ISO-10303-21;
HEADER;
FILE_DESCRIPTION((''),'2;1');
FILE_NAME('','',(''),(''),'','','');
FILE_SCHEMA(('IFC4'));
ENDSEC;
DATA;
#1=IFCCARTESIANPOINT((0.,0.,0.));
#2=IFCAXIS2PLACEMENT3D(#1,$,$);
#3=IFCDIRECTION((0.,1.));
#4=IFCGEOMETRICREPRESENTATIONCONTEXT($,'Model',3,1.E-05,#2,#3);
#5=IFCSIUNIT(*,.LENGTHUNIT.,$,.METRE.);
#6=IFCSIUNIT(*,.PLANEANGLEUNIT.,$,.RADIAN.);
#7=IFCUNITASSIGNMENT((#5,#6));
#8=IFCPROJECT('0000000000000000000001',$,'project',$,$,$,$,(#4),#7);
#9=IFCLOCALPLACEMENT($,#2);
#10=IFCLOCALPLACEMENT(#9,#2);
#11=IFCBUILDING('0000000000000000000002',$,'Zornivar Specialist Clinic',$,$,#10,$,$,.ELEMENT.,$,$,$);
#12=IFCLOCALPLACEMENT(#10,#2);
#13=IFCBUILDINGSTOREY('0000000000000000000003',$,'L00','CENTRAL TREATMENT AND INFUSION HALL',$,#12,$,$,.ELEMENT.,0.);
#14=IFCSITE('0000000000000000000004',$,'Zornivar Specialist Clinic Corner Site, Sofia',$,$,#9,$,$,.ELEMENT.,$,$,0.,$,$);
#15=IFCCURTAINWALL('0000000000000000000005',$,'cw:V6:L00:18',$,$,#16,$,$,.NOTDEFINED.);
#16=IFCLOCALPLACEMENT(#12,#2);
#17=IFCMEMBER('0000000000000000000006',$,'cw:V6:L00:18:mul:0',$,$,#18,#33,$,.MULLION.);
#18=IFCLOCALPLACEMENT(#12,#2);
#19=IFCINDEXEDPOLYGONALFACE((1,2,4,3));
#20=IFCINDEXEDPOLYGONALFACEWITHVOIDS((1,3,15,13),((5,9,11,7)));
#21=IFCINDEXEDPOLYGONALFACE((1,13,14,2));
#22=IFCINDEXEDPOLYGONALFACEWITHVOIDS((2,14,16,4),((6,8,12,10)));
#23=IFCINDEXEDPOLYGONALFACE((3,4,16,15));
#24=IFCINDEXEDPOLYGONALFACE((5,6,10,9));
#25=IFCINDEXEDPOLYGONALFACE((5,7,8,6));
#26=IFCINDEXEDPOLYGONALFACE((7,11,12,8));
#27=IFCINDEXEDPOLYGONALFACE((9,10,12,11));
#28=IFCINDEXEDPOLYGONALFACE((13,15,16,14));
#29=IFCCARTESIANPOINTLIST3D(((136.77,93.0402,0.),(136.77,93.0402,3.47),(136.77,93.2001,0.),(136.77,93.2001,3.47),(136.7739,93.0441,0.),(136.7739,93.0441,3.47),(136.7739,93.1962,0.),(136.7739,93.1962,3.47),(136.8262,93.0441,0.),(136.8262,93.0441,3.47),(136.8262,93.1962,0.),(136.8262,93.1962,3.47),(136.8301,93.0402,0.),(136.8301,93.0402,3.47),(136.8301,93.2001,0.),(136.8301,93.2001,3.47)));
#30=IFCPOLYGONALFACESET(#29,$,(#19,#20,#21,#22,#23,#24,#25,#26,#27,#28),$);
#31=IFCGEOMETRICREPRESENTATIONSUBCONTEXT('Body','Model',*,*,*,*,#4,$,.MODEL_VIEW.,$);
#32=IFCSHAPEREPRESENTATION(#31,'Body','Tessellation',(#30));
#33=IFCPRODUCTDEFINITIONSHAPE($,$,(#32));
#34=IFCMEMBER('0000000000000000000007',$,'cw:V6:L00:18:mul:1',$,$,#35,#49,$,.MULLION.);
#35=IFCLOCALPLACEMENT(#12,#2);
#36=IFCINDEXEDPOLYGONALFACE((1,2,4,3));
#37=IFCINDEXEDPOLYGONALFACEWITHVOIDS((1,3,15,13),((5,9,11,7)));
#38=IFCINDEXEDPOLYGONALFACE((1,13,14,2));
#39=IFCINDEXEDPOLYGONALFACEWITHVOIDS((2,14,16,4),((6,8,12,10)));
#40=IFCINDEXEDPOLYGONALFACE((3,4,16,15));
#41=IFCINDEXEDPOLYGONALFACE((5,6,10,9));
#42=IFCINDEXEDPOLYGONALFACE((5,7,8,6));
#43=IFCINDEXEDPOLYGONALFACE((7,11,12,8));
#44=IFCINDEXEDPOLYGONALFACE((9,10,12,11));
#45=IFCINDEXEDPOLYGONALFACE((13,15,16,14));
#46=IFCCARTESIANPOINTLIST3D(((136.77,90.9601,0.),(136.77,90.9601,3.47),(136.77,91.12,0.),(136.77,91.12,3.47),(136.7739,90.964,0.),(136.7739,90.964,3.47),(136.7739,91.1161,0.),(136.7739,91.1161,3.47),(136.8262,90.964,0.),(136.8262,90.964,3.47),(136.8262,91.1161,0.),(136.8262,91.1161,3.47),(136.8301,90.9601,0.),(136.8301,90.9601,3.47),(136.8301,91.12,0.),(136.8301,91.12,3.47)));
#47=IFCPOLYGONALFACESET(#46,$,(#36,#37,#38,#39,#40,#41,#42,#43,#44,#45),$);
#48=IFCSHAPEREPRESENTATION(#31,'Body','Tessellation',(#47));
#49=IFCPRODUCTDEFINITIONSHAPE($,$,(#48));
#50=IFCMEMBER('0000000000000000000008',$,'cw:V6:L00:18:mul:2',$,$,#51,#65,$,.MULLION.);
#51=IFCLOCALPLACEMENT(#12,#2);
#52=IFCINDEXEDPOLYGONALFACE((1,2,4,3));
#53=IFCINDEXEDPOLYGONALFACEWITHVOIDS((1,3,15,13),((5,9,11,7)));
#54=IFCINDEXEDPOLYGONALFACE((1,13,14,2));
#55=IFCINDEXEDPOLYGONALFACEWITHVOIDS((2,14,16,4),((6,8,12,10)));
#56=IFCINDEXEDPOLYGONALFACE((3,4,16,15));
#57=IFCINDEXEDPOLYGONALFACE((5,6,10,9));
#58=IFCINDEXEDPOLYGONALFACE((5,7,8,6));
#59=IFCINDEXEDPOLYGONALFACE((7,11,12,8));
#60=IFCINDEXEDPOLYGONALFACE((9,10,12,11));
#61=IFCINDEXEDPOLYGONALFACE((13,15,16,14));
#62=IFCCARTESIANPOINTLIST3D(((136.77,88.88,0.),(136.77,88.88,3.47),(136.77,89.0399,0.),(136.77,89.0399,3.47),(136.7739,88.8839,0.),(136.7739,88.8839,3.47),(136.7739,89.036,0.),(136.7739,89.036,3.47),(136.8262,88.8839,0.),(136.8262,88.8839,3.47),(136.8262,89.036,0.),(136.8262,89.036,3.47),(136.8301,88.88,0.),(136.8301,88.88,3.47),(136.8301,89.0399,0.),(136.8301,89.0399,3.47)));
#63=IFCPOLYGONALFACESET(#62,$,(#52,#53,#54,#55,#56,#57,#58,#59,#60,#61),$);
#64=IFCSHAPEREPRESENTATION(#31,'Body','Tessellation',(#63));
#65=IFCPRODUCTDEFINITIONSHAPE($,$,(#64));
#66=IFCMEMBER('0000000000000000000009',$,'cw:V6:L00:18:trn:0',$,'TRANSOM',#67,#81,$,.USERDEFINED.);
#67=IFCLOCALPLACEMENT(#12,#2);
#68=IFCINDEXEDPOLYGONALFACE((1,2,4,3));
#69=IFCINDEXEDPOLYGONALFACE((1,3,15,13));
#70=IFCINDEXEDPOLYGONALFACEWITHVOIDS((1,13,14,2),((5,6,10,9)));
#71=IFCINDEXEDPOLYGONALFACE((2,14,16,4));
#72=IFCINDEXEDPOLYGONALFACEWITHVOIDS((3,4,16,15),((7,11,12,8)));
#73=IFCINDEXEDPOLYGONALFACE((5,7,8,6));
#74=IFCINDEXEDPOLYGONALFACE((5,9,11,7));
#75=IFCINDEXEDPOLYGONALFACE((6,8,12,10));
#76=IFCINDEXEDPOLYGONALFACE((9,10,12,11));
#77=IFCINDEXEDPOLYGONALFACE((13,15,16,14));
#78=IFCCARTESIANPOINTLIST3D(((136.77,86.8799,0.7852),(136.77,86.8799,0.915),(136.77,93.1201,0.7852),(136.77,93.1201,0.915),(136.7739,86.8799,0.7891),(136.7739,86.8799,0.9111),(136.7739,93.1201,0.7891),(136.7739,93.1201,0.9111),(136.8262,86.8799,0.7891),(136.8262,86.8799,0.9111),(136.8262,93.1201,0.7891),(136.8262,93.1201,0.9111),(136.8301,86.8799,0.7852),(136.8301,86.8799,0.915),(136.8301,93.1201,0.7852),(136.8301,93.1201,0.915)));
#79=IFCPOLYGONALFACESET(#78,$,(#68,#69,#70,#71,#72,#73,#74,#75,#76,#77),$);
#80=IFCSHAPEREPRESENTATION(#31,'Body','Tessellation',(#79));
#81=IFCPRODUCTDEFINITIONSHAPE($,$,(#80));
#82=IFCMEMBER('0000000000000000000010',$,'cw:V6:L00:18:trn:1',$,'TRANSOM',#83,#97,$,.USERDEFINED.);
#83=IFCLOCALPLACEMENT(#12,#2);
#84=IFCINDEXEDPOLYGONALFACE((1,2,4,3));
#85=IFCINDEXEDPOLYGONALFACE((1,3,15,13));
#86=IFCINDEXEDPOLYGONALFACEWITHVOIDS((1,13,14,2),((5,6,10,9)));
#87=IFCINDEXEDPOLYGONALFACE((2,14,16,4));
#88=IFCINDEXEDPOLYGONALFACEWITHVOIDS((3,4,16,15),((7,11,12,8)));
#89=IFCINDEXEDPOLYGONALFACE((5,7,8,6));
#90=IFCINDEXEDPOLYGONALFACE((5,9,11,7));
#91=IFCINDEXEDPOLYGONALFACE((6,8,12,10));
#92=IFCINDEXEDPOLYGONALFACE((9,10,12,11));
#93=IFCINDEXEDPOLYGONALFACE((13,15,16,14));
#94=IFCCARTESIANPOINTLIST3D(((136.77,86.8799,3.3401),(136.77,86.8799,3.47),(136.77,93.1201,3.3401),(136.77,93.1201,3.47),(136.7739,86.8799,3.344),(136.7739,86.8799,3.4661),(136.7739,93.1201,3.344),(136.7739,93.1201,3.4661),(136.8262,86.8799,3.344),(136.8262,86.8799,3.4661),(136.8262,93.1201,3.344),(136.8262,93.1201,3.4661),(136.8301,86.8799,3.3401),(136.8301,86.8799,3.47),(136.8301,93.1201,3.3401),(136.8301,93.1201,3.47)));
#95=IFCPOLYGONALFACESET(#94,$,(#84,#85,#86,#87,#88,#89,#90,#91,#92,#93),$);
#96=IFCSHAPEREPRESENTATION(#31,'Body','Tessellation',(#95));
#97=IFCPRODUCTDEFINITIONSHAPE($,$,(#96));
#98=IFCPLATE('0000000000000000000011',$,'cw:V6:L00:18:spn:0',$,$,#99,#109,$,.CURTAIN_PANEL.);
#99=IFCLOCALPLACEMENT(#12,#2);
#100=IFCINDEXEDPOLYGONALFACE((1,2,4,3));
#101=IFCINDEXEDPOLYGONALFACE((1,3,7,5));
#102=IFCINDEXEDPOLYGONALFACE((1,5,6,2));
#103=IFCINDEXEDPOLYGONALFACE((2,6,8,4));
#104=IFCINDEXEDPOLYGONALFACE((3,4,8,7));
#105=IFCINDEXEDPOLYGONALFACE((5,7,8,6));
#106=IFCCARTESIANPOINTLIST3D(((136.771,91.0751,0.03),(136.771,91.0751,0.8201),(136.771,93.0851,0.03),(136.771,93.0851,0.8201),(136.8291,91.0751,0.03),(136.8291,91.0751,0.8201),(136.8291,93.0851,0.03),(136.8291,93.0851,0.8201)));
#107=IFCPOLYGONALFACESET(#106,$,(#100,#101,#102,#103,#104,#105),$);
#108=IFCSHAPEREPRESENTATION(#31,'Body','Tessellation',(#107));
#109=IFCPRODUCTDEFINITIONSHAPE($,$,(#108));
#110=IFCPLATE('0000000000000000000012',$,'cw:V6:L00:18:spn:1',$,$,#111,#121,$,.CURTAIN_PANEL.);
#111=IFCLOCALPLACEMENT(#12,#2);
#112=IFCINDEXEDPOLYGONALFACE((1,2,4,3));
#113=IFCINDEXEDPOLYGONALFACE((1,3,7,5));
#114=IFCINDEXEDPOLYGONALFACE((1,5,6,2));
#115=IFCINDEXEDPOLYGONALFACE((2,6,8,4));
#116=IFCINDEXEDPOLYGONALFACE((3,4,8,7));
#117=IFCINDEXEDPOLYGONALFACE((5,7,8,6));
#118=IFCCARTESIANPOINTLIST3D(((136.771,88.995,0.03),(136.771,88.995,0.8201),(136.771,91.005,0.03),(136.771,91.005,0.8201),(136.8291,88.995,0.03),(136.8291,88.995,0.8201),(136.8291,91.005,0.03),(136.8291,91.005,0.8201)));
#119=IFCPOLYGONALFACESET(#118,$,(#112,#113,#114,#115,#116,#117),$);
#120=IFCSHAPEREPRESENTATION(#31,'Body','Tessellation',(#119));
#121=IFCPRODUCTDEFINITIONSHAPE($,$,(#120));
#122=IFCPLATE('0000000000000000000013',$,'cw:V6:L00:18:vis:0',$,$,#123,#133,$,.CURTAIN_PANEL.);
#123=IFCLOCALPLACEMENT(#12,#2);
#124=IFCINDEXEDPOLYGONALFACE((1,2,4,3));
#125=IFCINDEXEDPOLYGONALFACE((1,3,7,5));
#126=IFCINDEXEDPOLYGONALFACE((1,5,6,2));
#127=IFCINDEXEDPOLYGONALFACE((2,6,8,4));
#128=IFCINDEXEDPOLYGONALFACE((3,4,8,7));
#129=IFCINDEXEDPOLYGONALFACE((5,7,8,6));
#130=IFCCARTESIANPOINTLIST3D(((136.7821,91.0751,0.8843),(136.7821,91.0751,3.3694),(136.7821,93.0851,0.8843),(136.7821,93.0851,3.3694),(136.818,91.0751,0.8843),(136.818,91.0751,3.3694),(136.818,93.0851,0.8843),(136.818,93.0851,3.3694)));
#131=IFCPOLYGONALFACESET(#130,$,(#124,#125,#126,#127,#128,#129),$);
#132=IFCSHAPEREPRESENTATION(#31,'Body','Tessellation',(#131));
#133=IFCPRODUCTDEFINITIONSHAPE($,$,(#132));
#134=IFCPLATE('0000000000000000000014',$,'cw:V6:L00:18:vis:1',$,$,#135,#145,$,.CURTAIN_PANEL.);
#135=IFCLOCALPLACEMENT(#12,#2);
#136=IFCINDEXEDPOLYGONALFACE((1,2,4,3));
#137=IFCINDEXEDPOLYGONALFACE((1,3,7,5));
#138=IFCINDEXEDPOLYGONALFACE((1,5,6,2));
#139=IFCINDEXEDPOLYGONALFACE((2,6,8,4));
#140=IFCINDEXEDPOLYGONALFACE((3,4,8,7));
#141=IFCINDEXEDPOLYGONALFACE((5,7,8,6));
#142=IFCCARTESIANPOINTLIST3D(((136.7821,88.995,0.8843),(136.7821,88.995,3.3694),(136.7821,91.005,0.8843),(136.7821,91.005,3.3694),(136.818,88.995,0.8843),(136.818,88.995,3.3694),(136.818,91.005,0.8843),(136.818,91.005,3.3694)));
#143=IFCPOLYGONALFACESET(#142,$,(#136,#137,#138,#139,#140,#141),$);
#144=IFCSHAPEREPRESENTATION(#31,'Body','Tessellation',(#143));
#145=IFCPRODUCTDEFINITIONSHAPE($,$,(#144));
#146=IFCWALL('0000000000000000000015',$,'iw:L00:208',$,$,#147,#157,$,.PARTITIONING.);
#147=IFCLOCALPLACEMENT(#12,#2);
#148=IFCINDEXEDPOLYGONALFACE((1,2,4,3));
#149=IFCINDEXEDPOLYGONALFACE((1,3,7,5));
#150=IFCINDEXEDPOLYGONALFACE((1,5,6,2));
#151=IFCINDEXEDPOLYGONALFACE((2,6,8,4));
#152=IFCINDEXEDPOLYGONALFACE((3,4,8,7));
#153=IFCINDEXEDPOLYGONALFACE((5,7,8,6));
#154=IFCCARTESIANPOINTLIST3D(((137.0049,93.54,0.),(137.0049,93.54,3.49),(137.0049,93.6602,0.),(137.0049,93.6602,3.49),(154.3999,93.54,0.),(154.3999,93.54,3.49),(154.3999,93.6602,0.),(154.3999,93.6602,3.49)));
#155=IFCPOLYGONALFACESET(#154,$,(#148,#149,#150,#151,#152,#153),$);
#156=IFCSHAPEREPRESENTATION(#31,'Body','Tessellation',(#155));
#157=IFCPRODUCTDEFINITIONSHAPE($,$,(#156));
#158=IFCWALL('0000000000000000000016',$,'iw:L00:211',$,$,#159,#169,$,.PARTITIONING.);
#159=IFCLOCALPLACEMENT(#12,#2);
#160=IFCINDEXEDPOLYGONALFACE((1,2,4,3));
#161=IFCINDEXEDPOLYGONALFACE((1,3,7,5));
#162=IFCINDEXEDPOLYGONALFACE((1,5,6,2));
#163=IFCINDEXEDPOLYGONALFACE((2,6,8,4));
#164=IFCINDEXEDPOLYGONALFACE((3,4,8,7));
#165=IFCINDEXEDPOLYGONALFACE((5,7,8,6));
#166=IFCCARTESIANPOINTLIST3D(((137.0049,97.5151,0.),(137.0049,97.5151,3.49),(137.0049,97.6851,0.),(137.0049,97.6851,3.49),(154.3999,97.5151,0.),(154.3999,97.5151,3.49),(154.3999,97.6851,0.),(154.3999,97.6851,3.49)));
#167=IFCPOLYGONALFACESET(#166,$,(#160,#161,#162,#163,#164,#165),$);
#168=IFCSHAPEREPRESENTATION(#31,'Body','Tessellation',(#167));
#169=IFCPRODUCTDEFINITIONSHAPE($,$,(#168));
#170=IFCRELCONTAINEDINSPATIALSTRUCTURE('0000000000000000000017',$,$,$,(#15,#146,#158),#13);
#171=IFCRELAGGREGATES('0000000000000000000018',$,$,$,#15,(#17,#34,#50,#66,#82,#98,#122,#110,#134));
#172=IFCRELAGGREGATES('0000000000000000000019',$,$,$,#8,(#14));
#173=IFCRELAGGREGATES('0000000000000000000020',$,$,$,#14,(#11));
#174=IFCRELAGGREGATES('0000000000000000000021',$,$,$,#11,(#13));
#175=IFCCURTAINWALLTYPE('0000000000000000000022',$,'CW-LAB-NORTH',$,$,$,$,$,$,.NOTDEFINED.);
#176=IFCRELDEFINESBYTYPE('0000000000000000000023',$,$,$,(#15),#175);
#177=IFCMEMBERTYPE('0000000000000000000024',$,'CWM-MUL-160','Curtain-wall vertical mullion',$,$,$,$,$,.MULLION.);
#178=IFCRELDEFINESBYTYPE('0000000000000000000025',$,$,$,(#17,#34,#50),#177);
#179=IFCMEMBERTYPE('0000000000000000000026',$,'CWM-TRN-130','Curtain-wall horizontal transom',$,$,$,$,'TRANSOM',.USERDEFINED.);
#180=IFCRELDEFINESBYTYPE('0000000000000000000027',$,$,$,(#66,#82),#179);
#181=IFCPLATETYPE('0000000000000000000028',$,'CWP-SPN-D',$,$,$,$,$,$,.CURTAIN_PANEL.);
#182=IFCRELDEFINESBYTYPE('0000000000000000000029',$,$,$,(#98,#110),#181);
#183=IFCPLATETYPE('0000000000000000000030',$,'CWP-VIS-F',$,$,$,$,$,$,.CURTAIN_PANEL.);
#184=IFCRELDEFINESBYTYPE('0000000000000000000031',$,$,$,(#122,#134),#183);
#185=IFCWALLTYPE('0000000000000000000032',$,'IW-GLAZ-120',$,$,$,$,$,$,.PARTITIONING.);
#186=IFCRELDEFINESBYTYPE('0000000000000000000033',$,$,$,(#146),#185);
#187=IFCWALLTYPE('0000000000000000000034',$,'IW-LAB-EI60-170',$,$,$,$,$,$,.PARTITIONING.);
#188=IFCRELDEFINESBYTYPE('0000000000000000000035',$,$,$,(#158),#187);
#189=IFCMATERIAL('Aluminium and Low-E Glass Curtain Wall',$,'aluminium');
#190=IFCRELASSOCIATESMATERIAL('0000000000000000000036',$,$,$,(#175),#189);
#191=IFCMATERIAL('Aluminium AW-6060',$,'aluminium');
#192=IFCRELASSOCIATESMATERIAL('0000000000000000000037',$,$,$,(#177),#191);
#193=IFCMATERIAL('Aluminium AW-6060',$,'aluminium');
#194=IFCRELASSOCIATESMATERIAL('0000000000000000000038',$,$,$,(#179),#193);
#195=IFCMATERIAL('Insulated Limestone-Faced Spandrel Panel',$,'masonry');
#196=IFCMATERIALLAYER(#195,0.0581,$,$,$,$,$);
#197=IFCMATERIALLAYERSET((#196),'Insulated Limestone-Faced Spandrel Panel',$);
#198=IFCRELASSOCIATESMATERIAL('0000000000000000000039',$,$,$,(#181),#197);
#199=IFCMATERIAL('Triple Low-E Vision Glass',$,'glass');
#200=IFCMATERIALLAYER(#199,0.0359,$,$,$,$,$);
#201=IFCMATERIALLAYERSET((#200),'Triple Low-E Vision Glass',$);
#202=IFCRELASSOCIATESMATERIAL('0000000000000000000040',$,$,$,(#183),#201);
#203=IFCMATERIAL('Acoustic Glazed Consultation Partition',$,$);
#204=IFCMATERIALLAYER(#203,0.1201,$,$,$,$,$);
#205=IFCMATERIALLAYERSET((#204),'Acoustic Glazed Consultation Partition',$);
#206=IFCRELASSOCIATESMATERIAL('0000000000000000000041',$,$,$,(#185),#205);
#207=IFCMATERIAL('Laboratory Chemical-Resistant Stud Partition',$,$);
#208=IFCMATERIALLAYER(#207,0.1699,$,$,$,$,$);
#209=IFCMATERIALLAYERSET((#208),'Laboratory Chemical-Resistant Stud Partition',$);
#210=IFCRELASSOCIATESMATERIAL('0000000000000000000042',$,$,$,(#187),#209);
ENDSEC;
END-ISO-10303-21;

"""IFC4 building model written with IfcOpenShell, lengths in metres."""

from ifc_helpers import new_model, si_unit, direction, frame, frame_2d, origin, origin_2d, place, context, subcontext, project, spatial, rectangle, hollow_rectangle, extrude, material, layer, layer_set, material_profile, profile_set, type_object, element, aggregate, save


model = new_model("IFC4")

# Units and contexts
model_context = context("Model", 3, precision=1e-05, world=origin(), true_north=direction((0.0, 1.0)))
body_context = subcontext(model_context, "Body", "Model", "MODEL_VIEW")
ifc_project = project(units=[si_unit("LENGTHUNIT", "METRE"), si_unit("PLANEANGLEUNIT", "RADIAN")], contexts=[model_context])

# Site, building, storey
site_placement = place(None, origin())
site = spatial("IfcSite", under=ifc_project, at=site_placement, Name="Zornivar Specialist Clinic Corner Site, Sofia", CompositionType="ELEMENT", RefElevation=0.0)
building_placement = place(site_placement, origin())
building = spatial("IfcBuilding", under=site, at=building_placement, Name="Zornivar Specialist Clinic", CompositionType="ELEMENT")
storey_placement = place(building_placement, origin())
storey = spatial("IfcBuildingStorey", under=building, at=storey_placement, Name="L00", Description="CENTRAL TREATMENT AND INFUSION HALL", CompositionType="ELEMENT", Elevation=0.0)

# Curtain wall, members, plates
ifc_material_1 = material(Name="Aluminium and Low-E Glass Curtain Wall", Category="aluminium")
curtain_wall_type = type_object("IfcCurtainWallType", Name="CW-LAB-NORTH", PredefinedType="NOTDEFINED", material=ifc_material_1)
curtain_wall_placement = place(storey_placement, origin())
curtain_wall = element("IfcCurtainWall", 1, at=curtain_wall_placement, inside=storey, type_object=curtain_wall_type, Name="cw:V6:L00:18", PredefinedType="NOTDEFINED")
ifc_material_2 = material(Name="Aluminium AW-6060", Category="aluminium")
ifc_material_profile_1 = material_profile(ifc_material_2, hollow_rectangle(XDim=0.0601, YDim=0.1599, WallThickness=0.0039, at=origin_2d()), Name="ALU 60x160x4")
ifc_profile_set_1 = profile_set([ifc_material_profile_1], Name="Aluminium AW-6060")
member_type_1 = type_object("IfcMemberType", Name="CWM-MUL-160", Description="Curtain-wall vertical mullion", PredefinedType="MULLION", material=ifc_profile_set_1)
member_1_placement = place(storey_placement, frame((136.8, 93.1201, 0.0), z_axis=(0.0, 0.0, 1.0), x_axis=(1.0, 0.0, 0.0)))
member_1 = element("IfcMember", 2, at=member_1_placement, type_object=member_type_1, Name="cw:V6:L00:18:mul:0", PredefinedType="MULLION", context=body_context, shape_type="SweptSolid", body=[
    extrude(hollow_rectangle(XDim=0.0601, YDim=0.1599, WallThickness=0.0039, at=origin_2d()), origin(), (0.0, 0.0, 1.0), 3.47),
])
member_2_placement = place(storey_placement, frame((136.8, 91.04, 0.0), z_axis=(0.0, 0.0, 1.0), x_axis=(1.0, 0.0, 0.0)))
member_2 = element("IfcMember", 3, at=member_2_placement, type_object=member_type_1, Name="cw:V6:L00:18:mul:1", PredefinedType="MULLION", context=body_context, shape_type="SweptSolid", body=[
    extrude(hollow_rectangle(XDim=0.0601, YDim=0.1599, WallThickness=0.0039, at=origin_2d()), origin(), (0.0, 0.0, 1.0), 3.47),
])
member_3_placement = place(storey_placement, frame((136.8, 88.96, 0.0), z_axis=(0.0, 0.0, 1.0), x_axis=(1.0, 0.0, 0.0)))
member_3 = element("IfcMember", 4, at=member_3_placement, type_object=member_type_1, Name="cw:V6:L00:18:mul:2", PredefinedType="MULLION", context=body_context, shape_type="SweptSolid", body=[
    extrude(hollow_rectangle(XDim=0.0601, YDim=0.1599, WallThickness=0.0039, at=origin_2d()), origin(), (0.0, 0.0, 1.0), 3.47),
])
ifc_material_3 = material(Name="Aluminium AW-6060", Category="aluminium")
ifc_material_profile_2 = material_profile(ifc_material_3, hollow_rectangle(XDim=0.0601, YDim=0.1299, WallThickness=0.0039, at=origin_2d()), Name="ALU 60x130x4")
ifc_profile_set_2 = profile_set([ifc_material_profile_2], Name="Aluminium AW-6060")
member_type_2 = type_object("IfcMemberType", Name="CWM-TRN-130", Description="Curtain-wall horizontal transom", ElementType="TRANSOM", PredefinedType="USERDEFINED", material=ifc_profile_set_2)
member_4_placement = place(storey_placement, frame((136.8, 93.1201, 0.8501), z_axis=(0.0, -1.0, 0.0), x_axis=(1.0, 0.0, 0.0)))
member_4 = element("IfcMember", 5, at=member_4_placement, type_object=member_type_2, Name="cw:V6:L00:18:trn:0", ObjectType="TRANSOM", PredefinedType="USERDEFINED", context=body_context, shape_type="SweptSolid", body=[
    extrude(hollow_rectangle(XDim=0.0601, YDim=0.1299, WallThickness=0.0039, at=origin_2d()), origin(), (0.0, 0.0, 1.0), 6.2402),
])
member_5_placement = place(storey_placement, frame((136.8, 93.1201, 3.405), z_axis=(0.0, -1.0, 0.0), x_axis=(1.0, 0.0, 0.0)))
member_5 = element("IfcMember", 6, at=member_5_placement, type_object=member_type_2, Name="cw:V6:L00:18:trn:1", ObjectType="TRANSOM", PredefinedType="USERDEFINED", context=body_context, shape_type="SweptSolid", body=[
    extrude(hollow_rectangle(XDim=0.0601, YDim=0.1299, WallThickness=0.0039, at=origin_2d()), origin(), (0.0, 0.0, 1.0), 6.2402),
])
ifc_material_4 = material(Name="Insulated Limestone-Faced Spandrel Panel", Category="masonry")
ifc_layer_1 = layer(ifc_material_4, 0.0581)
ifc_layer_set_1 = layer_set([ifc_layer_1], Name="Insulated Limestone-Faced Spandrel Panel")
plate_type_1 = type_object("IfcPlateType", Name="CWP-SPN-D", PredefinedType="CURTAIN_PANEL", material=ifc_layer_set_1)
plate_1_placement = place(storey_placement, frame((136.8, 92.0801, 0.03), z_axis=(0.0, 0.0, 1.0), x_axis=(0.0, -1.0, 0.0)))
plate_1 = element("IfcPlate", 7, at=plate_1_placement, type_object=plate_type_1, Name="cw:V6:L00:18:spn:0", PredefinedType="CURTAIN_PANEL", context=body_context, shape_type="SweptSolid", body=[
    extrude(rectangle(XDim=2.01, YDim=0.0581, at=origin_2d()), origin(), (0.0, 0.0, 1.0), 0.79),
])
plate_2_placement = place(storey_placement, frame((136.8, 90.0, 0.03), z_axis=(0.0, 0.0, 1.0), x_axis=(0.0, -1.0, 0.0)))
plate_2 = element("IfcPlate", 8, at=plate_2_placement, type_object=plate_type_1, Name="cw:V6:L00:18:spn:1", PredefinedType="CURTAIN_PANEL", context=body_context, shape_type="SweptSolid", body=[
    extrude(rectangle(XDim=2.01, YDim=0.0581, at=origin_2d()), origin(), (0.0, 0.0, 1.0), 0.79),
])
ifc_material_5 = material(Name="Triple Low-E Vision Glass", Category="glass")
ifc_layer_2 = layer(ifc_material_5, 0.0359)
ifc_layer_set_2 = layer_set([ifc_layer_2], Name="Triple Low-E Vision Glass")
plate_type_2 = type_object("IfcPlateType", Name="CWP-VIS-F", PredefinedType="CURTAIN_PANEL", material=ifc_layer_set_2)
plate_3_placement = place(storey_placement, frame((136.8, 92.0801, 0.8843), z_axis=(0.0, 0.0, 1.0), x_axis=(0.0, -1.0, 0.0)))
plate_3 = element("IfcPlate", 9, at=plate_3_placement, type_object=plate_type_2, Name="cw:V6:L00:18:vis:0", PredefinedType="CURTAIN_PANEL", context=body_context, shape_type="SweptSolid", body=[
    extrude(rectangle(XDim=2.01, YDim=0.0359, at=origin_2d()), origin(), (0.0, 0.0, 1.0), 2.4851),
])
plate_4_placement = place(storey_placement, frame((136.8, 90.0, 0.8843), z_axis=(0.0, 0.0, 1.0), x_axis=(0.0, -1.0, 0.0)))
plate_4 = element("IfcPlate", 10, at=plate_4_placement, type_object=plate_type_2, Name="cw:V6:L00:18:vis:1", PredefinedType="CURTAIN_PANEL", context=body_context, shape_type="SweptSolid", body=[
    extrude(rectangle(XDim=2.01, YDim=0.0359, at=origin_2d()), origin(), (0.0, 0.0, 1.0), 2.4851),
])
aggregate(curtain_wall, [member_1, member_2, member_3, member_4, member_5, plate_1, plate_3, plate_2, plate_4])

# Walls
ifc_material_6 = material(Name="Acoustic Glazed Consultation Partition")
ifc_layer_3 = layer(ifc_material_6, 0.1201)
ifc_layer_set_3 = layer_set([ifc_layer_3], Name="Acoustic Glazed Consultation Partition")
wall_type_1 = type_object("IfcWallType", Name="IW-GLAZ-120", PredefinedType="PARTITIONING", material=ifc_layer_set_3)
wall_1_placement = place(storey_placement, frame((137.0049, 93.6001, 0.0), z_axis=(0.0, 0.0, 1.0), x_axis=(1.0, 0.0, 0.0)))
element("IfcWall", 11, at=wall_1_placement, inside=storey, type_object=wall_type_1, Name="iw:L00:208", PredefinedType="PARTITIONING", context=body_context, shape_type="SweptSolid", body=[
    extrude(rectangle(XDim=17.395, YDim=0.1201, at=frame_2d((8.6975, 0.0))), origin(), (0.0, 0.0, 1.0), 3.49),
])
ifc_material_7 = material(Name="Laboratory Chemical-Resistant Stud Partition")
ifc_layer_4 = layer(ifc_material_7, 0.1699)
ifc_layer_set_4 = layer_set([ifc_layer_4], Name="Laboratory Chemical-Resistant Stud Partition")
wall_type_2 = type_object("IfcWallType", Name="IW-LAB-EI60-170", PredefinedType="PARTITIONING", material=ifc_layer_set_4)
wall_2_placement = place(storey_placement, frame((137.0049, 97.6001, 0.0), z_axis=(0.0, 0.0, 1.0), x_axis=(1.0, 0.0, 0.0)))
element("IfcWall", 12, at=wall_2_placement, inside=storey, type_object=wall_type_2, Name="iw:L00:211", PredefinedType="PARTITIONING", context=body_context, shape_type="SweptSolid", body=[
    extrude(rectangle(XDim=17.395, YDim=0.1699, at=frame_2d((8.6975, 0.0))), origin(), (0.0, 0.0, 1.0), 3.49),
])

save(model, "model.ifc")
